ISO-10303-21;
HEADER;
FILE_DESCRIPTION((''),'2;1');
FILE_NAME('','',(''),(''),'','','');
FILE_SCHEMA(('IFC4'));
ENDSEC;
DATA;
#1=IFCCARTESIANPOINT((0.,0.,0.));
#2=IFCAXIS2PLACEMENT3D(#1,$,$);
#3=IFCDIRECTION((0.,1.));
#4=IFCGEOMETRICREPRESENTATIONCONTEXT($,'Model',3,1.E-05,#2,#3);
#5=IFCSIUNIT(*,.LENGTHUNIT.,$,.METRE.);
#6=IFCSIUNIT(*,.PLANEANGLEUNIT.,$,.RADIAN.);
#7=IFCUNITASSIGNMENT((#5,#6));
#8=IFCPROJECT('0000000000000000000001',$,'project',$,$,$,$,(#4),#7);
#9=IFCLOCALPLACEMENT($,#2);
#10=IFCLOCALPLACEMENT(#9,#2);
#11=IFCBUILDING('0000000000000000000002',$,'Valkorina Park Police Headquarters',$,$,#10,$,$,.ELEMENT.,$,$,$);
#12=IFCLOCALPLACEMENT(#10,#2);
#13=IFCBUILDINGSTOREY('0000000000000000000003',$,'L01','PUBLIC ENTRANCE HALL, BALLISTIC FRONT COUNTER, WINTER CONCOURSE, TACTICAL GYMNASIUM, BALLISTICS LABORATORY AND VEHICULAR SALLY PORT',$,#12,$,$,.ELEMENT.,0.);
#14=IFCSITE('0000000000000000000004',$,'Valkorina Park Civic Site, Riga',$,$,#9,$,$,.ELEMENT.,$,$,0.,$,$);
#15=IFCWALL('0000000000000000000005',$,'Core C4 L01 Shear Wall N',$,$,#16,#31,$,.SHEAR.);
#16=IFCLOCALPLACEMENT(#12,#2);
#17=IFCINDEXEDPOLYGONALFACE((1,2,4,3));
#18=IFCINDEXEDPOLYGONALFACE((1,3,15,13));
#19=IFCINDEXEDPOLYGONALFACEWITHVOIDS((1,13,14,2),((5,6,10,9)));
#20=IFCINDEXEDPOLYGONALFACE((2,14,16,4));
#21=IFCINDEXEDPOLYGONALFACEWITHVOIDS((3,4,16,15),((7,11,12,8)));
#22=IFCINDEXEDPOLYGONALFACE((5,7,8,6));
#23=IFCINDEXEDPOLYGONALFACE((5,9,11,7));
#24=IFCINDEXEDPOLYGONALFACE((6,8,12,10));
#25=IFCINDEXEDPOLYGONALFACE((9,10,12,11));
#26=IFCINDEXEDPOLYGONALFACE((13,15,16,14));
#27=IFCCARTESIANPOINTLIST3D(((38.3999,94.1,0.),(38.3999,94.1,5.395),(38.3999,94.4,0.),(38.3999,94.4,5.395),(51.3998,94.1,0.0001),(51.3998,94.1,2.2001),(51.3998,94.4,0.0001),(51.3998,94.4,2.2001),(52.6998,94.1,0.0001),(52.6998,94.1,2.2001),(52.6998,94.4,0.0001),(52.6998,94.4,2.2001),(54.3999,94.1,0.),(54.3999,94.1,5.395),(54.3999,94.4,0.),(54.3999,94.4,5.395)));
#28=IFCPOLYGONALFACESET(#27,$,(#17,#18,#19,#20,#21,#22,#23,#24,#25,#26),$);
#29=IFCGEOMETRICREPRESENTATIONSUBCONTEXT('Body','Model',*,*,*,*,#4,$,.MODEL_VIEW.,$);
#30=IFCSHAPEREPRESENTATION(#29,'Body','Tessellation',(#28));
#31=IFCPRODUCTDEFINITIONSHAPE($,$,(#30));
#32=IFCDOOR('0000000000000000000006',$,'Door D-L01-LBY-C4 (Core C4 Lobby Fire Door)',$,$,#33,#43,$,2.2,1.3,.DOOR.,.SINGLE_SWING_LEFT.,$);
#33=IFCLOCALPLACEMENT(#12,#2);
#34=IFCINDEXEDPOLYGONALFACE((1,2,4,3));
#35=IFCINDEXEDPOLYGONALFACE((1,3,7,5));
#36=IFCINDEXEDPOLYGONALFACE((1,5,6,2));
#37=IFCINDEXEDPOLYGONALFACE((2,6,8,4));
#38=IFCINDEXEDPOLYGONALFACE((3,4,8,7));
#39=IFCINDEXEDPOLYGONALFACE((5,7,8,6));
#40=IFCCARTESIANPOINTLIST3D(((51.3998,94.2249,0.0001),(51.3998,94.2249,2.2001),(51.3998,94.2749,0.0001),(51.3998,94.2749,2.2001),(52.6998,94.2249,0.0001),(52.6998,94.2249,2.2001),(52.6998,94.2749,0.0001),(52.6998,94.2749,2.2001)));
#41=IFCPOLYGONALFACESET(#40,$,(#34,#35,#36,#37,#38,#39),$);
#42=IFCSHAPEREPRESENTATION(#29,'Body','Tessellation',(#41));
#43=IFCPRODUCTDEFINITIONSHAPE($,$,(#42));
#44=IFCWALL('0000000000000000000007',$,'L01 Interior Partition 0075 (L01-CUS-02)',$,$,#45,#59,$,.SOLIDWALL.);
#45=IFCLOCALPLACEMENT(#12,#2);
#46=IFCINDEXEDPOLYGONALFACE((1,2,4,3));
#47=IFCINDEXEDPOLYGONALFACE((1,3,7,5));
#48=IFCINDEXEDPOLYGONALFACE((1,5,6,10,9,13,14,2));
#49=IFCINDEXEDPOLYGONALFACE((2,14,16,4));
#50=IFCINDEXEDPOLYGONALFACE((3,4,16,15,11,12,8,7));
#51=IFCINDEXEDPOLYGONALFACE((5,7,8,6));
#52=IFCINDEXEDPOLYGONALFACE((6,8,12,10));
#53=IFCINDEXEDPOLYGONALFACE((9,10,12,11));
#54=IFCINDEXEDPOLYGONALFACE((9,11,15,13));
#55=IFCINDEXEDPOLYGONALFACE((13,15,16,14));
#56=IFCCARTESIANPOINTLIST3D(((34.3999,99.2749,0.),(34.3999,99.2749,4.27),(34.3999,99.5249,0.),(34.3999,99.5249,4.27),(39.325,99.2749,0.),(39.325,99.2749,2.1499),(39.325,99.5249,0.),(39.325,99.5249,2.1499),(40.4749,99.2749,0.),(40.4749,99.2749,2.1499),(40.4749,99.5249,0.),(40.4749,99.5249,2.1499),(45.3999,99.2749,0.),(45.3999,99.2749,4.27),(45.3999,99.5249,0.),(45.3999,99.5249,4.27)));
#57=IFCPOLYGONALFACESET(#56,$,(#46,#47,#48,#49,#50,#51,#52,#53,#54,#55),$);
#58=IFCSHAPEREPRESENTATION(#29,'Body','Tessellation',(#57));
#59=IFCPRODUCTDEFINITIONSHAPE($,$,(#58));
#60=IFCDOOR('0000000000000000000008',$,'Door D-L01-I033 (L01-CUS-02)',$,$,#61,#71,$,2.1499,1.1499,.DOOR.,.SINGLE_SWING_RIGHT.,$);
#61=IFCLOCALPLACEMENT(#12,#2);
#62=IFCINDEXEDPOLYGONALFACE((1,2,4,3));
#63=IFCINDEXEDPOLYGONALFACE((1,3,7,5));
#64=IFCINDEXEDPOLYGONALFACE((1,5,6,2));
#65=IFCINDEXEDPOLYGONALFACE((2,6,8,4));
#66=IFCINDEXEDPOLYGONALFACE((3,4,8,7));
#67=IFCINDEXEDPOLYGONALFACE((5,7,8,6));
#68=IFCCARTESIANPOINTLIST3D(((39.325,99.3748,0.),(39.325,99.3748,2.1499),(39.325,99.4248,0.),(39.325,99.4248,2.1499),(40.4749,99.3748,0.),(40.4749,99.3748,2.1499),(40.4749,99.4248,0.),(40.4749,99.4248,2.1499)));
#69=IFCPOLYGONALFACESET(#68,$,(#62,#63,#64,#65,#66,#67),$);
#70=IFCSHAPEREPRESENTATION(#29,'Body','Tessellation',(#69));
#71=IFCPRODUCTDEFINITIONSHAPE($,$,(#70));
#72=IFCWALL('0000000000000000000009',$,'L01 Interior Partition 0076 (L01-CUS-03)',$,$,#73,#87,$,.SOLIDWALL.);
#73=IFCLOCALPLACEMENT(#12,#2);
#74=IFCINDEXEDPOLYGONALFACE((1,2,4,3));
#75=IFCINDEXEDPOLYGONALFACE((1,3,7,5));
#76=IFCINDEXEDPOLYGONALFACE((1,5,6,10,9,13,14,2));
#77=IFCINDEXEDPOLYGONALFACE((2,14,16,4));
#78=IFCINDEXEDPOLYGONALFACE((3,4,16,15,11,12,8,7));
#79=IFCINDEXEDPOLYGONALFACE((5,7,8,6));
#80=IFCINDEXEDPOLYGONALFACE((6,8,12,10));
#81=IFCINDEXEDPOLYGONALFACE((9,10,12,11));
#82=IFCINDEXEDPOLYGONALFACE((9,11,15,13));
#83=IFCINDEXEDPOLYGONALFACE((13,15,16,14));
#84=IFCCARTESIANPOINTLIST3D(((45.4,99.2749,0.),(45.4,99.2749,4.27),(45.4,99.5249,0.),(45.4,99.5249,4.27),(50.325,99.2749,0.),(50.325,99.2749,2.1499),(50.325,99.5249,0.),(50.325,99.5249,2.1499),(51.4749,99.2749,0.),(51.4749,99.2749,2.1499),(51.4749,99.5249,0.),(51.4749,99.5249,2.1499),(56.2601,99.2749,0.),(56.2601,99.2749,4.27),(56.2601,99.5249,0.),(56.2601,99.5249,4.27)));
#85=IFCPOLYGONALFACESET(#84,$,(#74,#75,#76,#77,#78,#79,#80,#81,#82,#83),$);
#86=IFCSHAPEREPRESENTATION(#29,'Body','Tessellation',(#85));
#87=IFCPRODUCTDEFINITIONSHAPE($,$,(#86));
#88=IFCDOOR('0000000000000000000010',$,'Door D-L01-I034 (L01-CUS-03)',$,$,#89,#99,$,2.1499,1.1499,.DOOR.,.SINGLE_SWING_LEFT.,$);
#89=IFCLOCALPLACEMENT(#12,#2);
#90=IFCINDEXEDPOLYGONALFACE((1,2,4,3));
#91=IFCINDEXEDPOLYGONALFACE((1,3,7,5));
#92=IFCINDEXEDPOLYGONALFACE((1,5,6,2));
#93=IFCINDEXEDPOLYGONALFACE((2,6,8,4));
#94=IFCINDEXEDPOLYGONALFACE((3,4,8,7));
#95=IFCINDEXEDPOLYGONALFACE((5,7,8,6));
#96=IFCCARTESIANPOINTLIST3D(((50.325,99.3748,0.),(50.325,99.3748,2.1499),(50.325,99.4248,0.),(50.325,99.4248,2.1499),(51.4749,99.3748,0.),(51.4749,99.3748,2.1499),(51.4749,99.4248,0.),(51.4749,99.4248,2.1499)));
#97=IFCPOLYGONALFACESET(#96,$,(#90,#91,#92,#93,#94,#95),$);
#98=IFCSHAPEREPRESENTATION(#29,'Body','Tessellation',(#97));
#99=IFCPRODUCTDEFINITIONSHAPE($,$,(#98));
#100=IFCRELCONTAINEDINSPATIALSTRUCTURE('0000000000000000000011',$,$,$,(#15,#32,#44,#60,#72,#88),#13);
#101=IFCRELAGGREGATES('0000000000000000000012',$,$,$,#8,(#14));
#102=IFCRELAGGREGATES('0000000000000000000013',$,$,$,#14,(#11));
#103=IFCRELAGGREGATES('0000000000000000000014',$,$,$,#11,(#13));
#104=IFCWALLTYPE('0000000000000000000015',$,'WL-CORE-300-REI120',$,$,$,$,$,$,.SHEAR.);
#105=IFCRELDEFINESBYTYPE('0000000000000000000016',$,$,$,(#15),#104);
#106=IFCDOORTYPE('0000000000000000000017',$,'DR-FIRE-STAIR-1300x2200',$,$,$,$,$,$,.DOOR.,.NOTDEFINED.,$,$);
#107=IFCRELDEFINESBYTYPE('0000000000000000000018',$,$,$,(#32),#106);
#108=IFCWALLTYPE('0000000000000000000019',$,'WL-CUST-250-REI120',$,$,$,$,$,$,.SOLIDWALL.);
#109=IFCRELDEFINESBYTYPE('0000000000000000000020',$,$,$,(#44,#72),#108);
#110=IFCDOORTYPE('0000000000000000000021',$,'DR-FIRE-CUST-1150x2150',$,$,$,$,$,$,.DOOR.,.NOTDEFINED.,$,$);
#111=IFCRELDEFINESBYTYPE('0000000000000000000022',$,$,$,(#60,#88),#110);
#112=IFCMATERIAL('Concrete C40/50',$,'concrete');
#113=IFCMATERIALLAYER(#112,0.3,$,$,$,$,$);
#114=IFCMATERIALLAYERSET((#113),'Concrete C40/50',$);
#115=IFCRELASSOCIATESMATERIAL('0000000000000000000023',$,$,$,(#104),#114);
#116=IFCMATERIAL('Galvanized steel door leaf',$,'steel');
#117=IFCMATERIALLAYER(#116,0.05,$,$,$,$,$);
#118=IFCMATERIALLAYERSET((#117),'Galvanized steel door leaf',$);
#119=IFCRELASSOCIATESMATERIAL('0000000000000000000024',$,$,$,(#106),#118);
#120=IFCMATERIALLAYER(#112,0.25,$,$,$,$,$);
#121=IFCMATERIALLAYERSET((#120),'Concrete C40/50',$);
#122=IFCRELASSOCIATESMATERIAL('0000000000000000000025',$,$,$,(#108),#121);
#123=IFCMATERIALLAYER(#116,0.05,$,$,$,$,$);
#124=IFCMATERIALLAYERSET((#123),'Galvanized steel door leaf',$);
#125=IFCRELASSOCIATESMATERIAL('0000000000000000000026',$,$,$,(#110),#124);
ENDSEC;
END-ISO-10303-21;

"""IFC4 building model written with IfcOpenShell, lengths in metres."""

from ifc_helpers import new_model, si_unit, direction, frame, frame_2d, origin, place, context, subcontext, project, spatial, rectangle, extrude, material, layer, layer_set, type_object, element, fill, save


model = new_model("IFC4")

# Units and contexts
model_context = context("Model", 3, precision=1e-05, world=origin(), true_north=direction((0.0, 1.0)))
body_context = subcontext(model_context, "Body", "Model", "MODEL_VIEW")
ifc_project = project(units=[si_unit("LENGTHUNIT", "METRE"), si_unit("PLANEANGLEUNIT", "RADIAN")], contexts=[model_context])

# Site, building, storey
site_placement = place(None, origin())
site = spatial("IfcSite", under=ifc_project, at=site_placement, Name="Valkorina Park Civic Site, Riga", CompositionType="ELEMENT", RefElevation=0.0)
building_placement = place(site_placement, origin())
building = spatial("IfcBuilding", under=site, at=building_placement, Name="Valkorina Park Police Headquarters", CompositionType="ELEMENT")
storey_placement = place(building_placement, origin())
storey = spatial("IfcBuildingStorey", under=building, at=storey_placement, Name="L01", Description="PUBLIC ENTRANCE HALL, BALLISTIC FRONT COUNTER, WINTER CONCOURSE, TACTICAL GYMNASIUM, BALLISTICS LABORATORY AND VEHICULAR SALLY PORT", CompositionType="ELEMENT", Elevation=0.0)

# Shared definitions
ifc_material_1 = material(Name="Concrete C40/50", Category="concrete")

# Walls, openings, doors
ifc_layer_1 = layer(ifc_material_1, 0.3)
ifc_layer_set_1 = layer_set([ifc_layer_1], Name="Concrete C40/50")
wall_type_1 = type_object("IfcWallType", Name="WL-CORE-300-REI120", PredefinedType="SHEAR", material=ifc_layer_set_1)
wall_1_placement = place(storey_placement, frame((38.3999, 94.25, 0.0), z_axis=(0.0, 0.0, 1.0), x_axis=(1.0, 0.0, 0.0)))
wall_1 = element("IfcWall", 1, at=wall_1_placement, inside=storey, type_object=wall_type_1, Name="Core C4 L01 Shear Wall N", PredefinedType="SHEAR", context=body_context, shape_type="SweptSolid", body=[
    extrude(rectangle(XDim=16.0, YDim=0.3, at=frame_2d((8.0, 0.0))), origin(), (0.0, 0.0, 1.0), 5.395),
])
opening_1_placement = place(wall_1_placement, frame((13.0, 0.0, 0.0)))
opening_1 = element("IfcOpeningElement", 2, at=opening_1_placement, cuts=wall_1, PredefinedType="OPENING", context=body_context, shape_type="SweptSolid", body=[
    extrude(rectangle(XDim=1.3, YDim=2.2, at=frame_2d((0.6499, 1.1001))), frame((0.0, 0.1602, 0.0), z_axis=(0.0, -1.0, 0.0), x_axis=(1.0, 0.0, 0.0)), (0.0, 0.0, 1.0), 0.3201),
])
ifc_material_2 = material(Name="Galvanized steel door leaf", Category="steel")
ifc_layer_2 = layer(ifc_material_2, 0.05)
ifc_layer_set_2 = layer_set([ifc_layer_2], Name="Galvanized steel door leaf")
door_type_1 = type_object("IfcDoorType", Name="DR-FIRE-STAIR-1300x2200", OperationType="NOTDEFINED", PredefinedType="DOOR", material=ifc_layer_set_2)
door_1_placement = place(opening_1_placement, origin())
door_1 = element("IfcDoor", 3, at=door_1_placement, inside=storey, type_object=door_type_1, Name="Door D-L01-LBY-C4 (Core C4 Lobby Fire Door)", OperationType="SINGLE_SWING_LEFT", OverallHeight=2.2, OverallWidth=1.3, PredefinedType="DOOR", context=body_context, shape_type="SweptSolid", body=[
    extrude(rectangle(XDim=1.3, YDim=2.2, at=frame_2d((0.6499, 1.1001))), frame((0.0, 0.0249, 0.0), z_axis=(0.0, -1.0, 0.0), x_axis=(1.0, 0.0, 0.0)), (0.0, 0.0, 1.0), 0.05),
])
fill(opening_1, door_1)
ifc_layer_3 = layer(ifc_material_1, 0.25)
ifc_layer_set_3 = layer_set([ifc_layer_3], Name="Concrete C40/50")
wall_type_2 = type_object("IfcWallType", Name="WL-CUST-250-REI120", PredefinedType="SOLIDWALL", material=ifc_layer_set_3)
wall_2_placement = place(storey_placement, frame((34.3999, 99.3999, 0.0), z_axis=(0.0, 0.0, 1.0), x_axis=(1.0, 0.0, 0.0)))
wall_2 = element("IfcWall", 4, at=wall_2_placement, inside=storey, type_object=wall_type_2, Name="L01 Interior Partition 0075 (L01-CUS-02)", PredefinedType="SOLIDWALL", context=body_context, shape_type="SweptSolid", body=[
    extrude(rectangle(XDim=11.0, YDim=0.25, at=frame_2d((5.5, 0.0))), origin(), (0.0, 0.0, 1.0), 4.27),
])
opening_2_placement = place(wall_2_placement, frame((4.925, 0.0, 0.0)))
opening_2 = element("IfcOpeningElement", 5, at=opening_2_placement, cuts=wall_2, PredefinedType="OPENING", context=body_context, shape_type="SweptSolid", body=[
    extrude(rectangle(XDim=1.1499, YDim=2.1499, at=frame_2d((0.575, 1.075))), frame((0.0, 0.135, 0.0), z_axis=(0.0, -1.0, 0.0), x_axis=(1.0, 0.0, 0.0)), (0.0, 0.0, 1.0), 0.27),
])
ifc_layer_4 = layer(ifc_material_2, 0.05)
ifc_layer_set_4 = layer_set([ifc_layer_4], Name="Galvanized steel door leaf")
door_type_2 = type_object("IfcDoorType", Name="DR-FIRE-CUST-1150x2150", OperationType="NOTDEFINED", PredefinedType="DOOR", material=ifc_layer_set_4)
door_2_placement = place(opening_2_placement, origin())
door_2 = element("IfcDoor", 6, at=door_2_placement, inside=storey, type_object=door_type_2, Name="Door D-L01-I033 (L01-CUS-02)", OperationType="SINGLE_SWING_RIGHT", OverallHeight=2.1499, OverallWidth=1.1499, PredefinedType="DOOR", context=body_context, shape_type="SweptSolid", body=[
    extrude(rectangle(XDim=1.1499, YDim=2.1499, at=frame_2d((0.575, 1.075))), frame((0.0, 0.0249, 0.0), z_axis=(0.0, -1.0, 0.0), x_axis=(1.0, 0.0, 0.0)), (0.0, 0.0, 1.0), 0.05),
])
fill(opening_2, door_2)
wall_3_placement = place(storey_placement, frame((45.3999, 99.3999, 0.0), z_axis=(0.0, 0.0, 1.0), x_axis=(1.0, 0.0, 0.0)))
wall_3 = element("IfcWall", 7, at=wall_3_placement, inside=storey, type_object=wall_type_2, Name="L01 Interior Partition 0076 (L01-CUS-03)", PredefinedType="SOLIDWALL", context=body_context, shape_type="SweptSolid", body=[
    extrude(rectangle(XDim=10.8601, YDim=0.25, at=frame_2d((5.4302, 0.0))), origin(), (0.0, 0.0, 1.0), 4.27),
])
opening_3_placement = place(wall_3_placement, frame((4.925, 0.0, 0.0)))
opening_3 = element("IfcOpeningElement", 8, at=opening_3_placement, cuts=wall_3, PredefinedType="OPENING", context=body_context, shape_type="SweptSolid", body=[
    extrude(rectangle(XDim=1.1499, YDim=2.1499, at=frame_2d((0.575, 1.075))), frame((0.0, 0.135, 0.0), z_axis=(0.0, -1.0, 0.0), x_axis=(1.0, 0.0, 0.0)), (0.0, 0.0, 1.0), 0.27),
])
door_3_placement = place(opening_3_placement, origin())
door_3 = element("IfcDoor", 9, at=door_3_placement, inside=storey, type_object=door_type_2, Name="Door D-L01-I034 (L01-CUS-03)", OperationType="SINGLE_SWING_LEFT", OverallHeight=2.1499, OverallWidth=1.1499, PredefinedType="DOOR", context=body_context, shape_type="SweptSolid", body=[
    extrude(rectangle(XDim=1.1499, YDim=2.1499, at=frame_2d((0.575, 1.075))), frame((0.0, 0.0249, 0.0), z_axis=(0.0, -1.0, 0.0), x_axis=(1.0, 0.0, 0.0)), (0.0, 0.0, 1.0), 0.05),
])
fill(opening_3, door_3)

save(model, "model.ifc")
